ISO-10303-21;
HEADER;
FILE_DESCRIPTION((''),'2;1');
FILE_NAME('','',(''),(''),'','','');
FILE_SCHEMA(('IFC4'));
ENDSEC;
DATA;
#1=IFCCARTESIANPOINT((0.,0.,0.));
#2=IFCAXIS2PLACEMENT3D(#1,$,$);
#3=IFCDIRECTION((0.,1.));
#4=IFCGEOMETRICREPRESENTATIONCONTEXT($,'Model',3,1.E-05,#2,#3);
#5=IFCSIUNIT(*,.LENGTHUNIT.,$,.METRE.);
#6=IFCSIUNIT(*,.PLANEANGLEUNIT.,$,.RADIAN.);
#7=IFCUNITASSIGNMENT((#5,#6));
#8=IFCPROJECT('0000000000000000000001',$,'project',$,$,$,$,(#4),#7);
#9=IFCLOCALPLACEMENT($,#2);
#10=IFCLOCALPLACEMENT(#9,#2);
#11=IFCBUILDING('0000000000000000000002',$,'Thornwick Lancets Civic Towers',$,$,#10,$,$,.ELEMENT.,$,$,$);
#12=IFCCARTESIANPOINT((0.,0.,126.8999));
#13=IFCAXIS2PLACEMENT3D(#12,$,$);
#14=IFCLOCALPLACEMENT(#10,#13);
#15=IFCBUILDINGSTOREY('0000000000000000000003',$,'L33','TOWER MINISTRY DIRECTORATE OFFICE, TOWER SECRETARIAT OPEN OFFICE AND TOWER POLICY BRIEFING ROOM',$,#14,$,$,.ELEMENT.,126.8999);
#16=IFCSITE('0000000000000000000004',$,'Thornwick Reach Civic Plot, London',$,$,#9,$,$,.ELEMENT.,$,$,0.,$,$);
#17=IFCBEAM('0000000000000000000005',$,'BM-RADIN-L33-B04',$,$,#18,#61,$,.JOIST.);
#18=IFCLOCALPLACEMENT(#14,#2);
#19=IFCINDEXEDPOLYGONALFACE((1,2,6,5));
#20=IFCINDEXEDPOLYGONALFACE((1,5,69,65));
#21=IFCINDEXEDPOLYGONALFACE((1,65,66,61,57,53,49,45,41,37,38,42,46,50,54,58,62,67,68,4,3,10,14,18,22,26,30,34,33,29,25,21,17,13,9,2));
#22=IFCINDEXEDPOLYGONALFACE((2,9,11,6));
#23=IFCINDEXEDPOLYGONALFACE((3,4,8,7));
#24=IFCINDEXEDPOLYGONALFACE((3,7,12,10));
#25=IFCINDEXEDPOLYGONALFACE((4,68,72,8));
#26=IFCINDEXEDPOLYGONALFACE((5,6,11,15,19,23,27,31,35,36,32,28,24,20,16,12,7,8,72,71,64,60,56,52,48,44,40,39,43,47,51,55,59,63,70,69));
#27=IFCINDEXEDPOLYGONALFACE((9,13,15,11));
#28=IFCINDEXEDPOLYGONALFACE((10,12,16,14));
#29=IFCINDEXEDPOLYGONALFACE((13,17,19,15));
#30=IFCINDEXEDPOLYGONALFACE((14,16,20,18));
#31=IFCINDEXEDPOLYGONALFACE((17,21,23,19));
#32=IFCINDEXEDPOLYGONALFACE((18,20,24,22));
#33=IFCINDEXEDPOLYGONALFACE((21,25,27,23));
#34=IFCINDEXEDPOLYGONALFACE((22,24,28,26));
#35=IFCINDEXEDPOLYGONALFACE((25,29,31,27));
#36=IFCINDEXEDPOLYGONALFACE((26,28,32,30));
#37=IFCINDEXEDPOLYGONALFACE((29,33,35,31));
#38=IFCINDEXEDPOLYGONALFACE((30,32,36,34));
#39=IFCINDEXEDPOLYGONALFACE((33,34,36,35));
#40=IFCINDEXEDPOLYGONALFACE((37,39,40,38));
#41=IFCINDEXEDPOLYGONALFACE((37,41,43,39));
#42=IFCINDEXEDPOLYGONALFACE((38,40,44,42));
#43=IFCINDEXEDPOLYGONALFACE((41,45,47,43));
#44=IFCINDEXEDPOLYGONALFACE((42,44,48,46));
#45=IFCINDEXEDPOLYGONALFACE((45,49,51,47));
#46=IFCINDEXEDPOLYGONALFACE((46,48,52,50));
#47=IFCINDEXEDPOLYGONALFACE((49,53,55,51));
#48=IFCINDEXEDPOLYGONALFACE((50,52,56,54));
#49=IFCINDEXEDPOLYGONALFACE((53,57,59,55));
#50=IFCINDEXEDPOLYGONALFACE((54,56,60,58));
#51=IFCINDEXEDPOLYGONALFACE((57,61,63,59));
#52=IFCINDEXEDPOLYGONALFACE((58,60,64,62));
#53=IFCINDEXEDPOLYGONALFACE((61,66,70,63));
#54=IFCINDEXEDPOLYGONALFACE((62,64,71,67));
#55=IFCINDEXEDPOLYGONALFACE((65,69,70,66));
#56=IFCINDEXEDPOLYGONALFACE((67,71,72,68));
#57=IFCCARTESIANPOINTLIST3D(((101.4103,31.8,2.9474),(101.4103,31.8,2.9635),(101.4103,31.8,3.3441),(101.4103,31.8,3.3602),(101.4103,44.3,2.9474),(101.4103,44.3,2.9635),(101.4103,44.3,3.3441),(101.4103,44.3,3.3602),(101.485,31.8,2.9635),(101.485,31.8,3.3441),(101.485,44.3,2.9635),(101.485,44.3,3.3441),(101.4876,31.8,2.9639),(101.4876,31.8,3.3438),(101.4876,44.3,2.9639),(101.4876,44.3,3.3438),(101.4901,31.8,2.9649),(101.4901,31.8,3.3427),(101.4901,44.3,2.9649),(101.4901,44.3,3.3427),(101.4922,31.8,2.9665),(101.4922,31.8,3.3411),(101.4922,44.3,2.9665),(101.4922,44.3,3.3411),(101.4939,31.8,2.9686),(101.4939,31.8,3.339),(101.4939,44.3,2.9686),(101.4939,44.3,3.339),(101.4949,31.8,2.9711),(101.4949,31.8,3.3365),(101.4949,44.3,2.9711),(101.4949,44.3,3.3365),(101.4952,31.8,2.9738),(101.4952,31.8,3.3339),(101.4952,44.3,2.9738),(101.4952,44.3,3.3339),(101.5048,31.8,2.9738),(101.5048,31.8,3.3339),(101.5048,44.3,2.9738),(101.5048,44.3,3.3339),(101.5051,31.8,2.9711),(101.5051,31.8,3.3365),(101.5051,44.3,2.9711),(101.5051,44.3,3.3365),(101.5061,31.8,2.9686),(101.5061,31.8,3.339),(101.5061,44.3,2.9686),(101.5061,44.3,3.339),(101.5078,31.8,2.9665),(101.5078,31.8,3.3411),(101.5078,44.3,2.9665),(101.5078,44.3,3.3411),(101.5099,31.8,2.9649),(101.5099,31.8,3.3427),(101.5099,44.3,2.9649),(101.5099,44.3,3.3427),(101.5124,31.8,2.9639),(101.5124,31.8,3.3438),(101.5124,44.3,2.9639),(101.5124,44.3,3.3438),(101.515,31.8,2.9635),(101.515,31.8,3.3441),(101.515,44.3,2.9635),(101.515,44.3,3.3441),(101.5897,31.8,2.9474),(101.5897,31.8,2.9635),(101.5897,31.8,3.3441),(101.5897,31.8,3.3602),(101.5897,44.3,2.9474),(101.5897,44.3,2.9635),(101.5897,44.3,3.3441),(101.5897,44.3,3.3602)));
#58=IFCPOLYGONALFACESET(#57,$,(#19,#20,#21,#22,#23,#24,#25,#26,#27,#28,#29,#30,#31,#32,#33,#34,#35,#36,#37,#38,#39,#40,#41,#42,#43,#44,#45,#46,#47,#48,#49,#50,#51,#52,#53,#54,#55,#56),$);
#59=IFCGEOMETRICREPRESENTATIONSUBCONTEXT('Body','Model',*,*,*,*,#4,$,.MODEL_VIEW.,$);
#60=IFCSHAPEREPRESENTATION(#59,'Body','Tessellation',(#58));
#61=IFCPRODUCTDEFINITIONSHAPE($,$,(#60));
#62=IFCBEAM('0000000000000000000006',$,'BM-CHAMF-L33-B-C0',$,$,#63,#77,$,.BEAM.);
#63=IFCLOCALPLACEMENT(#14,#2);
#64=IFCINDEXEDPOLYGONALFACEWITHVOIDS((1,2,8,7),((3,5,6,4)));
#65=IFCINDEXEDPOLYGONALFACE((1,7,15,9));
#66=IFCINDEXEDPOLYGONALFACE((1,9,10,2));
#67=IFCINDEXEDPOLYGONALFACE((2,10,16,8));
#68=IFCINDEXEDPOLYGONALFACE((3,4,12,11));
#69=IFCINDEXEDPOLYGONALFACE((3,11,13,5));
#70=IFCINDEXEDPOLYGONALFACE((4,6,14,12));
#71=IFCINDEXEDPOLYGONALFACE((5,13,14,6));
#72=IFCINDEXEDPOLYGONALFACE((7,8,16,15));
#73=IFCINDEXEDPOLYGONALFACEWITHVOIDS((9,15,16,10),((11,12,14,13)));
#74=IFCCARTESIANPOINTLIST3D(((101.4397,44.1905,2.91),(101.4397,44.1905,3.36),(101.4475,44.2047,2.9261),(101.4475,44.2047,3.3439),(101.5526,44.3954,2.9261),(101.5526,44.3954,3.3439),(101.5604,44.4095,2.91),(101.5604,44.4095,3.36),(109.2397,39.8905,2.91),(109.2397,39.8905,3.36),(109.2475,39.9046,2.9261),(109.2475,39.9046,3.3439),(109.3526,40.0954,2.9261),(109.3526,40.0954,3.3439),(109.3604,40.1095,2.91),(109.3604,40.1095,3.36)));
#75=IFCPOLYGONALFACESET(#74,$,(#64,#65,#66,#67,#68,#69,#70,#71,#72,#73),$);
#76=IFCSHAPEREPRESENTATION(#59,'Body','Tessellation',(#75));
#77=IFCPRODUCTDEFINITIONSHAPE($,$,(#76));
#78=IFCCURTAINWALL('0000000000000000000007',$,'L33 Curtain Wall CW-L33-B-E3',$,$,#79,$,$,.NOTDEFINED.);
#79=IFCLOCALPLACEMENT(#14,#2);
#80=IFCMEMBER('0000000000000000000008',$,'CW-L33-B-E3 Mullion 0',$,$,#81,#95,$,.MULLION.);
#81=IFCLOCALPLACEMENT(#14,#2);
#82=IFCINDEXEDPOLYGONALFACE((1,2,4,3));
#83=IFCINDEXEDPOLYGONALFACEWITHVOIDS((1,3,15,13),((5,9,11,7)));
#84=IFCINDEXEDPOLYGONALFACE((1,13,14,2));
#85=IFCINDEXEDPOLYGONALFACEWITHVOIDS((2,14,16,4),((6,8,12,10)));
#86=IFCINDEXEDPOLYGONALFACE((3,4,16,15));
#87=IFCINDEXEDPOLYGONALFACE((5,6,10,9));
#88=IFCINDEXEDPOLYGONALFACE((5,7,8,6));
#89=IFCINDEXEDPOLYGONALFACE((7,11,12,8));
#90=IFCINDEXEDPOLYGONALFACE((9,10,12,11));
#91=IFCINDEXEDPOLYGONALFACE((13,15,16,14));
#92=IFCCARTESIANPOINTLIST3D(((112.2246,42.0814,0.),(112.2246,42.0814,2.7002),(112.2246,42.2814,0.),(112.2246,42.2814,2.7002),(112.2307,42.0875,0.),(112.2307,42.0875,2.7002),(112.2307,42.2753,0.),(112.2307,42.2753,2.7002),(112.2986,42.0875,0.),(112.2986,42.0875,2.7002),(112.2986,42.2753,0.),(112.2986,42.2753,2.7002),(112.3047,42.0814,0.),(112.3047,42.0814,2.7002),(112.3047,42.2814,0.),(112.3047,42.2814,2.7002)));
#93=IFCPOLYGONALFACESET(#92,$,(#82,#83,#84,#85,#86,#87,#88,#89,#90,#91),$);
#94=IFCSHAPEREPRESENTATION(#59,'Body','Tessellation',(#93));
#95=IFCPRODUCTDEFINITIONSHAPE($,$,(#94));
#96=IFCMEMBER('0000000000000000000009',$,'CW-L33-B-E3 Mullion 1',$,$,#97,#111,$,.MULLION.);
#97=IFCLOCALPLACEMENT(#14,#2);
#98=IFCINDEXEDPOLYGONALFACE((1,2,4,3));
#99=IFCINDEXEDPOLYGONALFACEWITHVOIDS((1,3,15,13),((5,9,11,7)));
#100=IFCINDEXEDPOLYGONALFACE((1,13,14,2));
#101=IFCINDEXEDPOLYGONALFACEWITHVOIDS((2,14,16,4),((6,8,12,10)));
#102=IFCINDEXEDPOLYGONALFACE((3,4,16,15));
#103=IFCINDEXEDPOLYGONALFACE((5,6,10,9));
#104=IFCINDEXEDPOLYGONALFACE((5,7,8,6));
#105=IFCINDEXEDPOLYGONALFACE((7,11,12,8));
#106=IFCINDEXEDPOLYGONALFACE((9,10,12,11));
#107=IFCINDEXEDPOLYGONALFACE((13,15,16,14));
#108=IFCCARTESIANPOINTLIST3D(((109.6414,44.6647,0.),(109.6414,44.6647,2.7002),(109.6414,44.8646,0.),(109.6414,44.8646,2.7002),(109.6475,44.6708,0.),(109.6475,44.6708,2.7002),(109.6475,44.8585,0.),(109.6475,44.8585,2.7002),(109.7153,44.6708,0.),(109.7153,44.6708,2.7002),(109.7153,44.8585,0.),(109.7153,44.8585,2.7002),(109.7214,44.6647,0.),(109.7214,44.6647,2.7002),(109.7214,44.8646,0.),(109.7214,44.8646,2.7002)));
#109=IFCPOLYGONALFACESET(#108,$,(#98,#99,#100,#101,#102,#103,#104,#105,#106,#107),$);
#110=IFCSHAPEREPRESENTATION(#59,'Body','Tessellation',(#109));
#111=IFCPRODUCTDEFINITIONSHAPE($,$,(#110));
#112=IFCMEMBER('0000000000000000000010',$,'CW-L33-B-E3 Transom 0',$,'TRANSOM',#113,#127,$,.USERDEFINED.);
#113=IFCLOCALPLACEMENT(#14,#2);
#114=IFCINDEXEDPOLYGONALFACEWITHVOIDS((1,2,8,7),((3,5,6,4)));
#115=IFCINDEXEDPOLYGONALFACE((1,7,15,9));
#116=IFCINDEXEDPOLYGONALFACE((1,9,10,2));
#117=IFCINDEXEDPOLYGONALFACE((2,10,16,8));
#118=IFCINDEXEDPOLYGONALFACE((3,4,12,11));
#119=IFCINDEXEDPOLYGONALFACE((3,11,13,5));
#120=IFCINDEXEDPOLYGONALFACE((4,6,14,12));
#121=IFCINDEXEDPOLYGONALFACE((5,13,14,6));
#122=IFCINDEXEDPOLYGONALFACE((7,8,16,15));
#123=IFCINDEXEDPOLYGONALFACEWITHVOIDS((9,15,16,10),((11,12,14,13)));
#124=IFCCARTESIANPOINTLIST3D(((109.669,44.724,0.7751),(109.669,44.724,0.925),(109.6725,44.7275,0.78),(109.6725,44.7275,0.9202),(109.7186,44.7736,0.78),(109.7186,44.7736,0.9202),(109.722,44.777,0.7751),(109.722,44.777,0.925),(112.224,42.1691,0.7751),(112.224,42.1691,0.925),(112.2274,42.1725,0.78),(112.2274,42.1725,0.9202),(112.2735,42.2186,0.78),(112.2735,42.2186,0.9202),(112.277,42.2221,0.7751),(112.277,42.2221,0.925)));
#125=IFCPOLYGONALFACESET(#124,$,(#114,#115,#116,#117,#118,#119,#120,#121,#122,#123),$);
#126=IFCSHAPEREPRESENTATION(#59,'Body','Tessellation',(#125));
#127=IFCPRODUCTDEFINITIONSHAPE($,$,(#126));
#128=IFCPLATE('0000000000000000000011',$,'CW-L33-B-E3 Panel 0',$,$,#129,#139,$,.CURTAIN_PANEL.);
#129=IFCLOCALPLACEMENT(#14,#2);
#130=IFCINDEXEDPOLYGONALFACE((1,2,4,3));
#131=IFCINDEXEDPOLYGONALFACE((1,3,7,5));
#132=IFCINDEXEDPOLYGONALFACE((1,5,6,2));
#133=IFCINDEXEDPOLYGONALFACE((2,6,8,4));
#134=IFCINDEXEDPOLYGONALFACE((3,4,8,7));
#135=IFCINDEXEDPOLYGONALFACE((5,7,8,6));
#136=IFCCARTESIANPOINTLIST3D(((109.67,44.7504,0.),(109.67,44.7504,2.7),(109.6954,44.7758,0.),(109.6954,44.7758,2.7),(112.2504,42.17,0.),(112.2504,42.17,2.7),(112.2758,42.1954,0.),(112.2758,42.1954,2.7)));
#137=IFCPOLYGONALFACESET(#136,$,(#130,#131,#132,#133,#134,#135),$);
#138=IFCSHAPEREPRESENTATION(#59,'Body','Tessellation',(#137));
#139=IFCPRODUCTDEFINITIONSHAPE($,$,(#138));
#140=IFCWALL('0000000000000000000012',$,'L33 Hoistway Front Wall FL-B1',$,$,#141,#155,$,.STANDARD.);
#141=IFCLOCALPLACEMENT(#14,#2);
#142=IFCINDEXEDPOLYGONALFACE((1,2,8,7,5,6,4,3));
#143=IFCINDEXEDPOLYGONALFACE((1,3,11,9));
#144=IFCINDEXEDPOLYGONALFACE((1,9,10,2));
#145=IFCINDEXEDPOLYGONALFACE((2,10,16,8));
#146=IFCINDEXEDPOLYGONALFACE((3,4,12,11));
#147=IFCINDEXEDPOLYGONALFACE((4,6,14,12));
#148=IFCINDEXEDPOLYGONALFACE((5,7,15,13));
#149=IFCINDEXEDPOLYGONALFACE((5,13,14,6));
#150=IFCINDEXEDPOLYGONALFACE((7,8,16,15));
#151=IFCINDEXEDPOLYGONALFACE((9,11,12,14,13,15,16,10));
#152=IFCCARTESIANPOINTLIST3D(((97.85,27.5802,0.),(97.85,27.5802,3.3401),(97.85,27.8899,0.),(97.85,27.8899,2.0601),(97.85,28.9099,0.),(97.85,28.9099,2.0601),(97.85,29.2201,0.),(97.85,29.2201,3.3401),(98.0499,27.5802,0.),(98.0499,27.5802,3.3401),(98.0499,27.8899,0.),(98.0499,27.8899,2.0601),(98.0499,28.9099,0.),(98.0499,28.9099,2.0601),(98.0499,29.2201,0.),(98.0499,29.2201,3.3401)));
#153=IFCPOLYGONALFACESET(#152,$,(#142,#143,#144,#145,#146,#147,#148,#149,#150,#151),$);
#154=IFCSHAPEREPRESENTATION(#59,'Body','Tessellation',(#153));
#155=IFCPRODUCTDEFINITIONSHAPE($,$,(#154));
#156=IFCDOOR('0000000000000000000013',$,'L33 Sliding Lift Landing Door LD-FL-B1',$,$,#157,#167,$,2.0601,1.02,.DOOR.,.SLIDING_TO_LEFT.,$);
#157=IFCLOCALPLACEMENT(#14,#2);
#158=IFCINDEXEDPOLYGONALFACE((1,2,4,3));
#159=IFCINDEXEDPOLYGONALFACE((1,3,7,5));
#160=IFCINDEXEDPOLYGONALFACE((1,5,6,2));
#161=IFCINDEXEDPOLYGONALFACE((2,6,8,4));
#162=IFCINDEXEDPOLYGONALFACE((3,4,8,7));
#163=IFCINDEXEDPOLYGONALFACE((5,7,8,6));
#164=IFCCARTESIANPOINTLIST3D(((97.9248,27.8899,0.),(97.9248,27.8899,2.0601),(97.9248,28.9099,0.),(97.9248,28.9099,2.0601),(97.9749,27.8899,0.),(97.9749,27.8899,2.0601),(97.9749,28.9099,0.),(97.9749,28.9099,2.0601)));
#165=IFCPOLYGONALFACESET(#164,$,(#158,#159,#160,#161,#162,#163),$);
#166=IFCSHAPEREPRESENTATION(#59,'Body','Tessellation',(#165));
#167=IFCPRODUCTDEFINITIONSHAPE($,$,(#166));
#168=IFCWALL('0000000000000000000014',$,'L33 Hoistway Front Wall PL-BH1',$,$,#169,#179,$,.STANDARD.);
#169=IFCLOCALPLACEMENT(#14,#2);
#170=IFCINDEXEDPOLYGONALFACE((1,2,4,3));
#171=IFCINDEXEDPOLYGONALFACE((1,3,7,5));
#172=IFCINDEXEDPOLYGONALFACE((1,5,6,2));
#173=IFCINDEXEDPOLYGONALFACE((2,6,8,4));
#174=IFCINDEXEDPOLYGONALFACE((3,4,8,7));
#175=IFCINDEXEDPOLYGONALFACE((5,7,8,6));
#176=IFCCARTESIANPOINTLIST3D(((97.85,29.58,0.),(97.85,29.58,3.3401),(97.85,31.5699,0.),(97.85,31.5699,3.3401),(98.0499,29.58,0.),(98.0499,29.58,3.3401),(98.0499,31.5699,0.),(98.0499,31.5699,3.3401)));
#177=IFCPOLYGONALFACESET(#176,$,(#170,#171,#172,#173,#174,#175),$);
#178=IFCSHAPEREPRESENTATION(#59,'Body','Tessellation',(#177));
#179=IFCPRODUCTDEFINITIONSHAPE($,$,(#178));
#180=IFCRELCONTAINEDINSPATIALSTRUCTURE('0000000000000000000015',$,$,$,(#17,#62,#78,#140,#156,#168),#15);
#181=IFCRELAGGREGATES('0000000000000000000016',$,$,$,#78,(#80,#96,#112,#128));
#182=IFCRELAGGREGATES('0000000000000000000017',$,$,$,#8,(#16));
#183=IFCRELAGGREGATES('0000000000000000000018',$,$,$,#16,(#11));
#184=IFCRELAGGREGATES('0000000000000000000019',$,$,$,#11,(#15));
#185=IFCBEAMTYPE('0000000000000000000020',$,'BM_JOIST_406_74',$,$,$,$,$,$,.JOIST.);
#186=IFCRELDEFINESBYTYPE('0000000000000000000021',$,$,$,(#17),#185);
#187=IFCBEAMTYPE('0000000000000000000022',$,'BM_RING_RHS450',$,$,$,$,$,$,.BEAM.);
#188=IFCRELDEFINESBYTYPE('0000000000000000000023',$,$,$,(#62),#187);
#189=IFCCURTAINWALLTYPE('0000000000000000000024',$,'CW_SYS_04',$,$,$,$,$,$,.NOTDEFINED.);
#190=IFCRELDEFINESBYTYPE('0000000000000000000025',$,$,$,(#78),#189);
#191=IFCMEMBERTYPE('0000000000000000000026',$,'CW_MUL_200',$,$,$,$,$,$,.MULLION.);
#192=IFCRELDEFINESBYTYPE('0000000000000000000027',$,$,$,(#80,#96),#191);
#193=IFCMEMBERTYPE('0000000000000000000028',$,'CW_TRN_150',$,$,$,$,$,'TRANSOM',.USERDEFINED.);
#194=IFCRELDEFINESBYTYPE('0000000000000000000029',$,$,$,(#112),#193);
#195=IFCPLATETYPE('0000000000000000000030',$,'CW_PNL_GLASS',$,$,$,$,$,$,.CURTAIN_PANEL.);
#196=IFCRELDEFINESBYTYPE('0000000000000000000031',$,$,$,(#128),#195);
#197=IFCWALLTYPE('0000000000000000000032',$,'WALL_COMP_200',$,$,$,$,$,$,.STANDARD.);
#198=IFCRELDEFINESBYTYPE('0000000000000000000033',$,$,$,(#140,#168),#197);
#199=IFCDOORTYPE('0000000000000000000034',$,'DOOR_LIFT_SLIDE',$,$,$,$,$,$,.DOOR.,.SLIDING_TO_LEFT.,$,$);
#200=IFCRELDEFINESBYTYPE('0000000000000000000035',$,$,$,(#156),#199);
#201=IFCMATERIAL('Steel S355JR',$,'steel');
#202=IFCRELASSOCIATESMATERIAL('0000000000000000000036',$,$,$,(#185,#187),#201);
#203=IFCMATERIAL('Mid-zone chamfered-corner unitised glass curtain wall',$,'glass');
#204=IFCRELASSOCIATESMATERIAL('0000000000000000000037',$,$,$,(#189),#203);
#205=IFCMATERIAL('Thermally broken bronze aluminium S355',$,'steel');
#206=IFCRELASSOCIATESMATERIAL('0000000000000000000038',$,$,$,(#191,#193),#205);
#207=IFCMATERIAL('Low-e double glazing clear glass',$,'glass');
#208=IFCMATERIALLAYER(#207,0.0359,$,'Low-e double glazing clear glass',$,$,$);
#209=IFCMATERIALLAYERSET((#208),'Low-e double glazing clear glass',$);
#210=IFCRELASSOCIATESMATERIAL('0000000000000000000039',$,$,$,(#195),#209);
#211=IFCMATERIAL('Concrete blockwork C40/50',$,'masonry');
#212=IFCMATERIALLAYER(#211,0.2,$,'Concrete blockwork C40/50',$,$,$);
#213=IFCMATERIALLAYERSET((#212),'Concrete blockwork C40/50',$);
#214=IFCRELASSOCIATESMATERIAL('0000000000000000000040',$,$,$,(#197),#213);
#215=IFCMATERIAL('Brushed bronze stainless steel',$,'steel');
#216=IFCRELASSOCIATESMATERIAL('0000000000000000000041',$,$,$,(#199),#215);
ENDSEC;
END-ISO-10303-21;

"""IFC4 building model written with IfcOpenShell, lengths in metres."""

from ifc_helpers import new_model, si_unit, direction, frame, frame_2d, origin, origin_2d, place, context, subcontext, project, spatial, rectangle, hollow_rectangle, i_section, extrude, material, layer, layer_set, material_profile, profile_set, type_object, element, fill, aggregate, save


model = new_model("IFC4")

# Units and contexts
model_context = context("Model", 3, precision=1e-05, world=origin(), true_north=direction((0.0, 1.0)))
body_context = subcontext(model_context, "Body", "Model", "MODEL_VIEW")
ifc_project = project(units=[si_unit("LENGTHUNIT", "METRE"), si_unit("PLANEANGLEUNIT", "RADIAN")], contexts=[model_context])

# Site, building, storey
site_placement = place(None, origin())
site = spatial("IfcSite", under=ifc_project, at=site_placement, Name="Thornwick Reach Civic Plot, London", CompositionType="ELEMENT", RefElevation=0.0)
building_placement = place(site_placement, origin())
building = spatial("IfcBuilding", under=site, at=building_placement, Name="Thornwick Lancets Civic Towers", CompositionType="ELEMENT")
storey_placement = place(building_placement, frame((0.0, 0.0, 126.8999)))
storey = spatial("IfcBuildingStorey", under=building, at=storey_placement, Name="L33", Description="TOWER MINISTRY DIRECTORATE OFFICE, TOWER SECRETARIAT OPEN OFFICE AND TOWER POLICY BRIEFING ROOM", CompositionType="ELEMENT", Elevation=126.8999)

# Beams
ifc_material_1 = material(Name="Steel S355JR", Category="steel")
ifc_material_profile_1 = material_profile(ifc_material_1, i_section(OverallWidth=0.1794, OverallDepth=0.4128, WebThickness=0.0095, FlangeThickness=0.0161, FilletRadius=0.0103, at=origin_2d()), Name="UKB 406x178x74")
ifc_profile_set_1 = profile_set([ifc_material_profile_1], Name="Steel S355JR")
beam_type_1 = type_object("IfcBeamType", Name="BM_JOIST_406_74", PredefinedType="JOIST", material=ifc_profile_set_1)
beam_1_placement = place(storey_placement, frame((101.5, 31.8, 3.1538), z_axis=(0.0, 1.0, 0.0), x_axis=(-1.0, 0.0, 0.0)))
element("IfcBeam", 1, at=beam_1_placement, inside=storey, type_object=beam_type_1, Name="BM-RADIN-L33-B04", PredefinedType="JOIST", context=body_context, shape_type="SweptSolid", body=[
    extrude(i_section(OverallWidth=0.1794, OverallDepth=0.4128, WebThickness=0.0095, FlangeThickness=0.0161, FilletRadius=0.0103, at=origin_2d()), origin(), (0.0, 0.0, 1.0), 12.5),
])
ifc_material_profile_2 = material_profile(ifc_material_1, hollow_rectangle(XDim=0.25, YDim=0.45, WallThickness=0.0161, at=origin_2d()), Name="RHS 450x250x16")
ifc_profile_set_2 = profile_set([ifc_material_profile_2], Name="Steel S355JR")
beam_type_2 = type_object("IfcBeamType", Name="BM_RING_RHS450", PredefinedType="BEAM", material=ifc_profile_set_2)
beam_2_placement = place(storey_placement, frame((109.3, 40.0, 3.135), z_axis=(-0.87574, 0.482782, 0.0), x_axis=(-0.482782, -0.87574, 0.0)))
element("IfcBeam", 2, at=beam_2_placement, inside=storey, type_object=beam_type_2, Name="BM-CHAMF-L33-B-C0", PredefinedType="BEAM", context=body_context, shape_type="SweptSolid", body=[
    extrude(hollow_rectangle(XDim=0.25, YDim=0.45, WallThickness=0.0161, at=origin_2d()), origin(), (0.0, 0.0, 1.0), 8.9067),
])

# Curtain wall, members, plate
ifc_material_2 = material(Name="Mid-zone chamfered-corner unitised glass curtain wall", Category="glass")
curtain_wall_type = type_object("IfcCurtainWallType", Name="CW_SYS_04", PredefinedType="NOTDEFINED", material=ifc_material_2)
curtain_wall_placement = place(storey_placement, origin())
curtain_wall = element("IfcCurtainWall", 3, at=curtain_wall_placement, inside=storey, type_object=curtain_wall_type, Name="L33 Curtain Wall CW-L33-B-E3", PredefinedType="NOTDEFINED")
ifc_material_3 = material(Name="Thermally broken bronze aluminium S355", Category="steel")
ifc_material_profile_3 = material_profile(ifc_material_3, hollow_rectangle(XDim=0.0801, YDim=0.2, WallThickness=0.0061, at=origin_2d()), Name="RHS 200x80x6")
ifc_profile_set_3 = profile_set([ifc_material_profile_3], Name="Thermally broken bronze aluminium S355")
member_type_1 = type_object("IfcMemberType", Name="CW_MUL_200", PredefinedType="MULLION", material=ifc_profile_set_3)
member_1_placement = place(storey_placement, frame((112.2646, 42.1814, 0.0), z_axis=(0.0, 0.0, 1.0), x_axis=(1.0, 0.0, 0.0)))
member_1 = element("IfcMember", 4, at=member_1_placement, type_object=member_type_1, Name="CW-L33-B-E3 Mullion 0", PredefinedType="MULLION", context=body_context, shape_type="SweptSolid", body=[
    extrude(hollow_rectangle(XDim=0.0801, YDim=0.2, WallThickness=0.0061, at=origin_2d()), origin(), (0.0, 0.0, 1.0), 2.7002),
])
member_2_placement = place(storey_placement, frame((109.6814, 44.7646, 0.0), z_axis=(0.0, 0.0, 1.0), x_axis=(1.0, 0.0, 0.0)))
member_2 = element("IfcMember", 5, at=member_2_placement, type_object=member_type_1, Name="CW-L33-B-E3 Mullion 1", PredefinedType="MULLION", context=body_context, shape_type="SweptSolid", body=[
    extrude(hollow_rectangle(XDim=0.0801, YDim=0.2, WallThickness=0.0061, at=origin_2d()), origin(), (0.0, 0.0, 1.0), 2.7002),
])
ifc_material_profile_4 = material_profile(ifc_material_3, hollow_rectangle(XDim=0.075, YDim=0.1499, WallThickness=0.0049, at=origin_2d()), Name="RHS 150x75x5")
ifc_profile_set_4 = profile_set([ifc_material_profile_4], Name="Thermally broken bronze aluminium S355")
member_type_2 = type_object("IfcMemberType", Name="CW_TRN_150", ElementType="TRANSOM", PredefinedType="USERDEFINED", material=ifc_profile_set_4)
member_3_placement = place(storey_placement, frame((112.2505, 42.1956, 0.8501), z_axis=(-0.707107, 0.707107, 0.0), x_axis=(-0.707107, -0.707107, 0.0)))
member_3 = element("IfcMember", 6, at=member_3_placement, type_object=member_type_2, Name="CW-L33-B-E3 Transom 0", ObjectType="TRANSOM", PredefinedType="USERDEFINED", context=body_context, shape_type="SweptSolid", body=[
    extrude(hollow_rectangle(XDim=0.075, YDim=0.1499, WallThickness=0.0049, at=origin_2d()), origin(), (0.0, 0.0, 1.0), 3.6133),
])
ifc_material_4 = material(Name="Low-e double glazing clear glass", Category="glass")
ifc_layer_1 = layer(ifc_material_4, 0.0359, Name="Low-e double glazing clear glass")
ifc_layer_set_1 = layer_set([ifc_layer_1], Name="Low-e double glazing clear glass")
plate_type = type_object("IfcPlateType", Name="CW_PNL_GLASS", PredefinedType="CURTAIN_PANEL", material=ifc_layer_set_1)
plate_placement = place(storey_placement, frame((110.9729, 43.4729, 0.0), z_axis=(0.0, 0.0, 1.0), x_axis=(-0.707107, 0.707107, 0.0)))
plate = element("IfcPlate", 7, at=plate_placement, type_object=plate_type, Name="CW-L33-B-E3 Panel 0", PredefinedType="CURTAIN_PANEL", context=body_context, shape_type="SweptSolid", body=[
    extrude(rectangle(XDim=3.6492, YDim=0.0359, at=origin_2d()), origin(), (0.0, 0.0, 1.0), 2.7),
])
aggregate(curtain_wall, [member_1, member_2, member_3, plate])

# Wall, opening, door
ifc_material_5 = material(Name="Concrete blockwork C40/50", Category="masonry")
ifc_layer_2 = layer(ifc_material_5, 0.2, Name="Concrete blockwork C40/50")
ifc_layer_set_2 = layer_set([ifc_layer_2], Name="Concrete blockwork C40/50")
wall_type_1 = type_object("IfcWallType", Name="WALL_COMP_200", PredefinedType="STANDARD", material=ifc_layer_set_2)
wall_1_placement = place(storey_placement, frame((97.95, 29.22, 0.0), z_axis=(0.0, 0.0, 1.0), x_axis=(0.0, -1.0, 0.0)))
wall_1 = element("IfcWall", 8, at=wall_1_placement, inside=storey, type_object=wall_type_1, Name="L33 Hoistway Front Wall FL-B1", PredefinedType="STANDARD", context=body_context, shape_type="SweptSolid", body=[
    extrude(rectangle(XDim=1.6399, YDim=0.2, at=frame_2d((0.8198, 0.0))), origin(), (0.0, 0.0, 1.0), 3.3401),
])
opening_1_placement = place(wall_1_placement, frame((0.3101, 0.0, 0.0)))
opening_1 = element("IfcOpeningElement", 9, at=opening_1_placement, cuts=wall_1, PredefinedType="OPENING", context=body_context, shape_type="SweptSolid", body=[
    extrude(rectangle(XDim=1.02, YDim=2.0601, at=frame_2d((0.51, 1.03))), frame((0.0, 0.1099, 0.0), z_axis=(0.0, -1.0, 0.0), x_axis=(1.0, 0.0, 0.0)), (0.0, 0.0, 1.0), 0.22),
])
ifc_material_6 = material(Name="Brushed bronze stainless steel", Category="steel")
door_type = type_object("IfcDoorType", Name="DOOR_LIFT_SLIDE", OperationType="SLIDING_TO_LEFT", PredefinedType="DOOR", material=ifc_material_6)
door_placement = place(opening_1_placement, origin())
door = element("IfcDoor", 10, at=door_placement, inside=storey, type_object=door_type, Name="L33 Sliding Lift Landing Door LD-FL-B1", OperationType="SLIDING_TO_LEFT", OverallHeight=2.0601, OverallWidth=1.02, PredefinedType="DOOR", context=body_context, shape_type="SweptSolid", body=[
    extrude(rectangle(XDim=1.02, YDim=2.0601, at=frame_2d((0.51, 1.03))), frame((0.0, 0.0249, 0.0), z_axis=(0.0, -1.0, 0.0), x_axis=(1.0, 0.0, 0.0)), (0.0, 0.0, 1.0), 0.05),
])
fill(opening_1, door)

# Wall
wall_2_placement = place(storey_placement, frame((97.95, 31.5701, 0.0), z_axis=(0.0, 0.0, 1.0), x_axis=(0.0, -1.0, 0.0)))
element("IfcWall", 11, at=wall_2_placement, inside=storey, type_object=wall_type_1, Name="L33 Hoistway Front Wall PL-BH1", PredefinedType="STANDARD", context=body_context, shape_type="SweptSolid", body=[
    extrude(rectangle(XDim=1.99, YDim=0.2, at=frame_2d((0.9951, 0.0))), origin(), (0.0, 0.0, 1.0), 3.3401),
])

save(model, "model.ifc")
